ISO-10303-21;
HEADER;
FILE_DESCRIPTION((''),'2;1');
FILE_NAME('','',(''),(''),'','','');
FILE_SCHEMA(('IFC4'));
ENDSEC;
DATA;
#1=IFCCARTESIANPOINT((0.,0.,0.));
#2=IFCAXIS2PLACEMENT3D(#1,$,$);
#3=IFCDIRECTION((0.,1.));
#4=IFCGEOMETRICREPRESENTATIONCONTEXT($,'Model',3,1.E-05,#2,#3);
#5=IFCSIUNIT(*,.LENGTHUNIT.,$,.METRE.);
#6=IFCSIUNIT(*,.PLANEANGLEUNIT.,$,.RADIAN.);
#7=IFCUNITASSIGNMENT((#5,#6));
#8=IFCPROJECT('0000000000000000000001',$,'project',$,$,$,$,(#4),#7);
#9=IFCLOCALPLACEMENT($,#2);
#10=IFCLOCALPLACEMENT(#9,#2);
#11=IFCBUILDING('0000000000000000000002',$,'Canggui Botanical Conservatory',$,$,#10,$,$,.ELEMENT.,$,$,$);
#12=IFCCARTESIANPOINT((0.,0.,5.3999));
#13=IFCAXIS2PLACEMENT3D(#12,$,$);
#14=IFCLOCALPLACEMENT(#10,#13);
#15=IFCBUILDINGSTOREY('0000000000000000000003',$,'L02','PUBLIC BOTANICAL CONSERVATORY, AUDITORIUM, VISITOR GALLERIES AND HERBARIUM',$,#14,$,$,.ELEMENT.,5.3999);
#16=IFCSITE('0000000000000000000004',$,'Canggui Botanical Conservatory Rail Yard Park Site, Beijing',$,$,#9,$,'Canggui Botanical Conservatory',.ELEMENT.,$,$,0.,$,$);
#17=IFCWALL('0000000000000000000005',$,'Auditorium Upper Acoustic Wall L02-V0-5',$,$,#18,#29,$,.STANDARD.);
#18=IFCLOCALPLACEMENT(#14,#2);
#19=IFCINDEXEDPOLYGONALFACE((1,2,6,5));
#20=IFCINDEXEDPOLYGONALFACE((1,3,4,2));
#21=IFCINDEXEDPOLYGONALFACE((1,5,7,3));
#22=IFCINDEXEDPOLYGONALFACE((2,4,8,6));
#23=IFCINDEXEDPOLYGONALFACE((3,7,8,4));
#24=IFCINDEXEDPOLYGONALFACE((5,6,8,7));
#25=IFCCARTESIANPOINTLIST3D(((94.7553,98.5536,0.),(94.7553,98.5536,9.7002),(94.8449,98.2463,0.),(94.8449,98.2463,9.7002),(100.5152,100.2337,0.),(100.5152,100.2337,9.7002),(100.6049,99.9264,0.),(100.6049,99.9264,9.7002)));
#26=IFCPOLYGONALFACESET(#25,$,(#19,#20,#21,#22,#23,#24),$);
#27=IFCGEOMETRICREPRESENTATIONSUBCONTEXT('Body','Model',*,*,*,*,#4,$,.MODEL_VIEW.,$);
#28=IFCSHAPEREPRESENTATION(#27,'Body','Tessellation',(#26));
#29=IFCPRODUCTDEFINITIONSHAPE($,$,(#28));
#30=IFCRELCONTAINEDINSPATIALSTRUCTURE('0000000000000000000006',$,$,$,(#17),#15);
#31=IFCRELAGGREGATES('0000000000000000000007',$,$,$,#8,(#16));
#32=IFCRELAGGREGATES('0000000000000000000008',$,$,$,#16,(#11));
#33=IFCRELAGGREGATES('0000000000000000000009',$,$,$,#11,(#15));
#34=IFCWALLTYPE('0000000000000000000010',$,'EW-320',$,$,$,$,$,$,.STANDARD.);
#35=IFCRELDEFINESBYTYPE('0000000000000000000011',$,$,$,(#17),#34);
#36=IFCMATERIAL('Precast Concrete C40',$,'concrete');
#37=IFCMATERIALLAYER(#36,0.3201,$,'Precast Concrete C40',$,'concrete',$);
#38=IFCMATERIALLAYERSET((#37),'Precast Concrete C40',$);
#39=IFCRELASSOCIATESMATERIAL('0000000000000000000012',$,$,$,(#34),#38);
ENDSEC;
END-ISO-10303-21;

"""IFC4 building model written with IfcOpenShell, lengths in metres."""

from ifc_helpers import new_model, si_unit, direction, frame, frame_2d, origin, place, context, subcontext, project, spatial, rectangle, extrude, material, layer, layer_set, type_object, element, save


model = new_model("IFC4")

# Units and contexts
model_context = context("Model", 3, precision=1e-05, world=origin(), true_north=direction((0.0, 1.0)))
body_context = subcontext(model_context, "Body", "Model", "MODEL_VIEW")
ifc_project = project(units=[si_unit("LENGTHUNIT", "METRE"), si_unit("PLANEANGLEUNIT", "RADIAN")], contexts=[model_context])

# Site, building, storey
site_placement = place(None, origin())
site = spatial("IfcSite", under=ifc_project, at=site_placement, Name="Canggui Botanical Conservatory Rail Yard Park Site, Beijing", LongName="Canggui Botanical Conservatory", CompositionType="ELEMENT", RefElevation=0.0)
building_placement = place(site_placement, origin())
building = spatial("IfcBuilding", under=site, at=building_placement, Name="Canggui Botanical Conservatory", CompositionType="ELEMENT")
storey_placement = place(building_placement, frame((0.0, 0.0, 5.3999)))
storey = spatial("IfcBuildingStorey", under=building, at=storey_placement, Name="L02", Description="PUBLIC BOTANICAL CONSERVATORY, AUDITORIUM, VISITOR GALLERIES AND HERBARIUM", CompositionType="ELEMENT", Elevation=5.3999)

# Wall
ifc_material_1 = material(Name="Precast Concrete C40", Category="concrete")
ifc_layer_1 = layer(ifc_material_1, 0.3201, Name="Precast Concrete C40", Category="concrete")
ifc_layer_set_1 = layer_set([ifc_layer_1], Name="Precast Concrete C40")
wall_type = type_object("IfcWallType", Name="EW-320", PredefinedType="STANDARD", material=ifc_layer_set_1)
wall_placement = place(storey_placement, frame((100.5601, 100.0801, 0.0), z_axis=(0.0, 0.0, 1.0), x_axis=(-0.959992, -0.280027, 0.0)))
element("IfcWall", 1, at=wall_placement, inside=storey, type_object=wall_type, Name="Auditorium Upper Acoustic Wall L02-V0-5", PredefinedType="STANDARD", context=body_context, shape_type="SweptSolid", body=[
    extrude(rectangle(XDim=6.0, YDim=0.3201, at=frame_2d((3.0, 0.0))), origin(), (0.0, 0.0, 1.0), 9.7002),
])

save(model, "model.ifc")
